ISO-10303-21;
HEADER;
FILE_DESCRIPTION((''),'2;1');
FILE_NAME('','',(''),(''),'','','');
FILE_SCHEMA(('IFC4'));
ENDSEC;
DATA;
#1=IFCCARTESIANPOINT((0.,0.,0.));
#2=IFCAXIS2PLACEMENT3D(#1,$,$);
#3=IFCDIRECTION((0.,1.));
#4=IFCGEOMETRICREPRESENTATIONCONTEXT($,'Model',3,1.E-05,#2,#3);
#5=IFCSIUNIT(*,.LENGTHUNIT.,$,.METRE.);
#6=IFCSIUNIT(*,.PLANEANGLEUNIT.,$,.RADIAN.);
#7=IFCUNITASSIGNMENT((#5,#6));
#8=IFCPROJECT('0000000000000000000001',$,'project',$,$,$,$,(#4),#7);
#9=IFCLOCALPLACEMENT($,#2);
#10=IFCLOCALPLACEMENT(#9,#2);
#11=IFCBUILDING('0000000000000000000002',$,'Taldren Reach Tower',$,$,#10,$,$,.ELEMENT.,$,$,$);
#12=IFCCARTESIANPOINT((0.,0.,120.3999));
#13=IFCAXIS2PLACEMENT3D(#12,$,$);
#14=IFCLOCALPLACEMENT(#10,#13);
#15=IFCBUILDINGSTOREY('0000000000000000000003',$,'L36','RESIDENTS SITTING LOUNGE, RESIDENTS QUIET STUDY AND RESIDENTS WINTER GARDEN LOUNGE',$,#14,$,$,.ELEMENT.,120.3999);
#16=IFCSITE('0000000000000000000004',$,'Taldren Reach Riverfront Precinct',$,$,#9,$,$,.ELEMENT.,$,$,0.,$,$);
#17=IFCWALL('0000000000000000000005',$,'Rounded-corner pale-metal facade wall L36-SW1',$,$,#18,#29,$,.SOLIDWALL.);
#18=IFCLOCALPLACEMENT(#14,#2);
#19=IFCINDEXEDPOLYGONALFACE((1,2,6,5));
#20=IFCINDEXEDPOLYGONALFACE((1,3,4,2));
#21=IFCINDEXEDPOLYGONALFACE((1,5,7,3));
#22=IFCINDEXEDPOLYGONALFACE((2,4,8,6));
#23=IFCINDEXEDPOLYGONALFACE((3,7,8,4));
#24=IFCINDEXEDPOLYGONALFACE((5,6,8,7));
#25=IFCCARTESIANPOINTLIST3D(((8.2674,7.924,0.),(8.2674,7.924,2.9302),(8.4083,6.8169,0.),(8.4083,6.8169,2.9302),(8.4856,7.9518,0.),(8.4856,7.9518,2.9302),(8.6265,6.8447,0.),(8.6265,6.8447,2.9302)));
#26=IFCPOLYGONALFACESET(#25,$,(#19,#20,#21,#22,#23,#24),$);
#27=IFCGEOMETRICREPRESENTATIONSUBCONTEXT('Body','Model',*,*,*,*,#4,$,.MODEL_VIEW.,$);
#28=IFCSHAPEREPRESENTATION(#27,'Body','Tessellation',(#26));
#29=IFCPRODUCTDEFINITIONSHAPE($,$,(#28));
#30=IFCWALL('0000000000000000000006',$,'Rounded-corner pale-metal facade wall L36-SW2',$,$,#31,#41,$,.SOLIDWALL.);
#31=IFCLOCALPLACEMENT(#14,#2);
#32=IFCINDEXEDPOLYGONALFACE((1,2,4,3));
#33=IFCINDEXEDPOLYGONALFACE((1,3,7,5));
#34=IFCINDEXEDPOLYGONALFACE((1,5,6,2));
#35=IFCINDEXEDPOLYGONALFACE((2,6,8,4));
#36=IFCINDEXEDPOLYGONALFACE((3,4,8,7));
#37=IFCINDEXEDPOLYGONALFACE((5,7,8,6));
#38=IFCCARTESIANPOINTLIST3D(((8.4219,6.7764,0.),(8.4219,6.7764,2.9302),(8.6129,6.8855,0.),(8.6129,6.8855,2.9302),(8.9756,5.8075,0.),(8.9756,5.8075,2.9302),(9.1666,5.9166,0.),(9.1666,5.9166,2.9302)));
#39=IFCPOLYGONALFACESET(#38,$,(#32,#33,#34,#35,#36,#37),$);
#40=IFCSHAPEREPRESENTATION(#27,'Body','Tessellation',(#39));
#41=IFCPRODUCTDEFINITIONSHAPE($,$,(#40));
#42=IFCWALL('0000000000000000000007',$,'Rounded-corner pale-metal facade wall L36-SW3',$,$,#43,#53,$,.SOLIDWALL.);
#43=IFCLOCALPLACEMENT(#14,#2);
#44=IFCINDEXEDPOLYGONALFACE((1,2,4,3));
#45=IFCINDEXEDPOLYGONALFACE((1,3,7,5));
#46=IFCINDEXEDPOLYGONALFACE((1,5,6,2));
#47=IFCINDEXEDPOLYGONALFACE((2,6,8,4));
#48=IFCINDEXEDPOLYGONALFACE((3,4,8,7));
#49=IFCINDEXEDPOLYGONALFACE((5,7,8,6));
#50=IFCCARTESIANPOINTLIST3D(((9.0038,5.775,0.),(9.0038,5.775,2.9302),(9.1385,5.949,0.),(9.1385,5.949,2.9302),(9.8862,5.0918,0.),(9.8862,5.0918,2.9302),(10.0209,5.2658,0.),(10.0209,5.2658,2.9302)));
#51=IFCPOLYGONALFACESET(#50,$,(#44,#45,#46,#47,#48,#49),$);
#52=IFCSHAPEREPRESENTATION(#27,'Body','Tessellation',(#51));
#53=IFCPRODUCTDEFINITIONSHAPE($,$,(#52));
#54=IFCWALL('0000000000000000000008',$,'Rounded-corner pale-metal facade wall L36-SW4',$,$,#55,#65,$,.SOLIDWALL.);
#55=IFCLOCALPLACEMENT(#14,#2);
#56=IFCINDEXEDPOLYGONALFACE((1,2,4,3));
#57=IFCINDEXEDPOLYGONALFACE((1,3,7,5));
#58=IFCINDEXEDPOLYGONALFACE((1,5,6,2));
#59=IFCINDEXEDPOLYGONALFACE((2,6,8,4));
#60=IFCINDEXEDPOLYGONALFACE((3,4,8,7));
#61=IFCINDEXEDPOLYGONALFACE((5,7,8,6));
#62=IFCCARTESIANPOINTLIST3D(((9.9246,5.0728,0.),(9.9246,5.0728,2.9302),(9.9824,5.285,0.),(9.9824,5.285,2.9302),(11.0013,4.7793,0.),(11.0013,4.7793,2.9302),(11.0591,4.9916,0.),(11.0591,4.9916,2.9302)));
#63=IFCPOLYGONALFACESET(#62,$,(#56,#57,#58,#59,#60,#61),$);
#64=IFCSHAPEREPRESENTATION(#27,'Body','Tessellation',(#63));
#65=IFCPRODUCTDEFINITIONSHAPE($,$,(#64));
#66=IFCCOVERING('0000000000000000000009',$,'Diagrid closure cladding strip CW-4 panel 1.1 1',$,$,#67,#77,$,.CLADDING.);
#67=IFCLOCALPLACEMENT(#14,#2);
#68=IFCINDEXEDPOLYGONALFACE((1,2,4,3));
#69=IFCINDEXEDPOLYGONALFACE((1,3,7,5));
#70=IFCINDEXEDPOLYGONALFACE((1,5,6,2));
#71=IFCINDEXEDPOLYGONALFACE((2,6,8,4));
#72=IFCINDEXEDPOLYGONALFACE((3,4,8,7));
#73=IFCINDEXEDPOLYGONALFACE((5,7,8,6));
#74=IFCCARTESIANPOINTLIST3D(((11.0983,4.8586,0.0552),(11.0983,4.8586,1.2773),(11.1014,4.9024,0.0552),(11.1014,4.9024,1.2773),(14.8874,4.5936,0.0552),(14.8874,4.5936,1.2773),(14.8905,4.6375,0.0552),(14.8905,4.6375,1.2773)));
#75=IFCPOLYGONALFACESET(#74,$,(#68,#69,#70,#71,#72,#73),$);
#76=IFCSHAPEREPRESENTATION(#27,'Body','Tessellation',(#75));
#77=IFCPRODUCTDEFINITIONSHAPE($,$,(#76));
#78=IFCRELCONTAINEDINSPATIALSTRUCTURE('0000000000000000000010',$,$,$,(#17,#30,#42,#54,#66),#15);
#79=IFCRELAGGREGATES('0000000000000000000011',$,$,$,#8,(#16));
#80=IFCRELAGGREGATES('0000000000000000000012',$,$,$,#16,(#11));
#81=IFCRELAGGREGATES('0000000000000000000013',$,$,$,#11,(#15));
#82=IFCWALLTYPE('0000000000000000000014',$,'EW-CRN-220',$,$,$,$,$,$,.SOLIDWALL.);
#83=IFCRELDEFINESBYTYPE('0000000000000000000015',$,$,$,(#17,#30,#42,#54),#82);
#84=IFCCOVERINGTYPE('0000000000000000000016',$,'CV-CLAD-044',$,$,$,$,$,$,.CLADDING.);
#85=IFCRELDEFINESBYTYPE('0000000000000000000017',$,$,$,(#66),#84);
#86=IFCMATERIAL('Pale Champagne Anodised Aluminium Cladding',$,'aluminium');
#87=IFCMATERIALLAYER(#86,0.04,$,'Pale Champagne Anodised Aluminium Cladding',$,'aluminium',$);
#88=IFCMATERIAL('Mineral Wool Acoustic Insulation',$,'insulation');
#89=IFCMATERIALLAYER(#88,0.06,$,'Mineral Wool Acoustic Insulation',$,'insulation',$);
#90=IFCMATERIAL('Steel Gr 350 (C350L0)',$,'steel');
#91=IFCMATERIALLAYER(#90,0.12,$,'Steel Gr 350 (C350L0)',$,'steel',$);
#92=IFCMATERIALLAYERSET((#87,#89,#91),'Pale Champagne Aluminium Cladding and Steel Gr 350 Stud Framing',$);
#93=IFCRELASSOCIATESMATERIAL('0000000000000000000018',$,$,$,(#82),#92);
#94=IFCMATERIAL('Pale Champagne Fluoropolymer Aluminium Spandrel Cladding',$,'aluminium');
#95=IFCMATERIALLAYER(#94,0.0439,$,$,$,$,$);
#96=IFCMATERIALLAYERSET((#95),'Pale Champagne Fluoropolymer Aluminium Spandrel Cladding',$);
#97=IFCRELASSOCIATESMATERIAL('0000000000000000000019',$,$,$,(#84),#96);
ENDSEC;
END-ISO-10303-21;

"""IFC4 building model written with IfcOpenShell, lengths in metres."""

from ifc_helpers import new_model, si_unit, direction, frame, frame_2d, origin, origin_2d, place, context, subcontext, project, spatial, rectangle, extrude, source, transform, mapped, material, layer, layer_set, type_object, element, save


model = new_model("IFC4")

# Units and contexts
model_context = context("Model", 3, precision=1e-05, world=origin(), true_north=direction((0.0, 1.0)))
body_context = subcontext(model_context, "Body", "Model", "MODEL_VIEW")
ifc_project = project(units=[si_unit("LENGTHUNIT", "METRE"), si_unit("PLANEANGLEUNIT", "RADIAN")], contexts=[model_context])

# Site, building, storey
site_placement = place(None, origin())
site = spatial("IfcSite", under=ifc_project, at=site_placement, Name="Taldren Reach Riverfront Precinct", CompositionType="ELEMENT", RefElevation=0.0)
building_placement = place(site_placement, origin())
building = spatial("IfcBuilding", under=site, at=building_placement, Name="Taldren Reach Tower", CompositionType="ELEMENT")
storey_placement = place(building_placement, frame((0.0, 0.0, 120.3999)))
storey = spatial("IfcBuildingStorey", under=building, at=storey_placement, Name="L36", Description="RESIDENTS SITTING LOUNGE, RESIDENTS QUIET STUDY AND RESIDENTS WINTER GARDEN LOUNGE", CompositionType="ELEMENT", Elevation=120.3999)

# Shared definitions
ifc_material_1 = material(Name="Steel Gr 350 (C350L0)", Category="steel")

# Walls
ifc_material_2 = material(Name="Pale Champagne Anodised Aluminium Cladding", Category="aluminium")
ifc_layer_1 = layer(ifc_material_2, 0.04, Name="Pale Champagne Anodised Aluminium Cladding", Category="aluminium")
ifc_material_3 = material(Name="Mineral Wool Acoustic Insulation", Category="insulation")
ifc_layer_2 = layer(ifc_material_3, 0.06, Name="Mineral Wool Acoustic Insulation", Category="insulation")
ifc_layer_3 = layer(ifc_material_1, 0.12, Name="Steel Gr 350 (C350L0)", Category="steel")
ifc_layer_set_1 = layer_set([ifc_layer_1, ifc_layer_2, ifc_layer_3], Name="Pale Champagne Aluminium Cladding and Steel Gr 350 Stud Framing")
wall_type = type_object("IfcWallType", Name="EW-CRN-220", PredefinedType="SOLIDWALL", material=ifc_layer_set_1)
shared_shape_1 = source(origin(), body_context, "Body", "SweptSolid", [
    extrude(rectangle(XDim=1.116, YDim=0.22, at=frame_2d((0.5581, 0.0))), origin(), (0.0, 0.0, 1.0), 2.9302),
])
for number, where, z_axis, x_axis, name in (
    (1, (8.3765, 7.938, 0.0), (0.0, 0.0, 1.0), (0.126243, -0.991999, 0.0), "Rounded-corner pale-metal facade wall L36-SW1"),
    (2, (8.5173, 6.8311, 0.0), (0.0, 0.0, 1.0), (0.496139, -0.868243, 0.0), "Rounded-corner pale-metal facade wall L36-SW2"),
    (3, (9.071, 5.8621, 0.0), (0.0, 0.0, 1.0), (0.790717, -0.612182, 0.0), "Rounded-corner pale-metal facade wall L36-SW3"),
    (4, (9.9534, 5.179, 0.0), (0.0, 0.0, 1.0), (0.964804, -0.262969, 0.0), "Rounded-corner pale-metal facade wall L36-SW4"),
):
    element("IfcWall", number, at=place(storey_placement, frame(where, z_axis=z_axis, x_axis=x_axis)), inside=storey, type_object=wall_type, Name=name, PredefinedType="SOLIDWALL", context=body_context, shape_type="MappedRepresentation", body=[
        mapped(shared_shape_1, transform((0.0, 0.0, 0.0), scale=1.0)),
    ])

# Covering
ifc_material_4 = material(Name="Pale Champagne Fluoropolymer Aluminium Spandrel Cladding", Category="aluminium")
ifc_layer_4 = layer(ifc_material_4, 0.0439)
ifc_layer_set_2 = layer_set([ifc_layer_4], Name="Pale Champagne Fluoropolymer Aluminium Spandrel Cladding")
covering_type = type_object("IfcCoveringType", Name="CV-CLAD-044", PredefinedType="CLADDING", material=ifc_layer_set_2)
shared_shape_2 = source(origin(), body_context, "Body", "SweptSolid", [
    extrude(rectangle(XDim=3.7983, YDim=0.0439, at=origin_2d()), origin(), (0.0, 0.0, 1.0), 1.2222),
])
covering_placement = place(storey_placement, frame((12.9944, 4.748, 0.0552), z_axis=(0.0, 0.0, 1.0), x_axis=(0.997564, -0.069757, 0.0)))
element("IfcCovering", 5, at=covering_placement, inside=storey, type_object=covering_type, Name="Diagrid closure cladding strip CW-4 panel 1.1 1", PredefinedType="CLADDING", context=body_context, shape_type="MappedRepresentation", body=[
    mapped(shared_shape_2, transform((0.0, 0.0, 0.0), scale=1.0)),
])

save(model, "model.ifc")
